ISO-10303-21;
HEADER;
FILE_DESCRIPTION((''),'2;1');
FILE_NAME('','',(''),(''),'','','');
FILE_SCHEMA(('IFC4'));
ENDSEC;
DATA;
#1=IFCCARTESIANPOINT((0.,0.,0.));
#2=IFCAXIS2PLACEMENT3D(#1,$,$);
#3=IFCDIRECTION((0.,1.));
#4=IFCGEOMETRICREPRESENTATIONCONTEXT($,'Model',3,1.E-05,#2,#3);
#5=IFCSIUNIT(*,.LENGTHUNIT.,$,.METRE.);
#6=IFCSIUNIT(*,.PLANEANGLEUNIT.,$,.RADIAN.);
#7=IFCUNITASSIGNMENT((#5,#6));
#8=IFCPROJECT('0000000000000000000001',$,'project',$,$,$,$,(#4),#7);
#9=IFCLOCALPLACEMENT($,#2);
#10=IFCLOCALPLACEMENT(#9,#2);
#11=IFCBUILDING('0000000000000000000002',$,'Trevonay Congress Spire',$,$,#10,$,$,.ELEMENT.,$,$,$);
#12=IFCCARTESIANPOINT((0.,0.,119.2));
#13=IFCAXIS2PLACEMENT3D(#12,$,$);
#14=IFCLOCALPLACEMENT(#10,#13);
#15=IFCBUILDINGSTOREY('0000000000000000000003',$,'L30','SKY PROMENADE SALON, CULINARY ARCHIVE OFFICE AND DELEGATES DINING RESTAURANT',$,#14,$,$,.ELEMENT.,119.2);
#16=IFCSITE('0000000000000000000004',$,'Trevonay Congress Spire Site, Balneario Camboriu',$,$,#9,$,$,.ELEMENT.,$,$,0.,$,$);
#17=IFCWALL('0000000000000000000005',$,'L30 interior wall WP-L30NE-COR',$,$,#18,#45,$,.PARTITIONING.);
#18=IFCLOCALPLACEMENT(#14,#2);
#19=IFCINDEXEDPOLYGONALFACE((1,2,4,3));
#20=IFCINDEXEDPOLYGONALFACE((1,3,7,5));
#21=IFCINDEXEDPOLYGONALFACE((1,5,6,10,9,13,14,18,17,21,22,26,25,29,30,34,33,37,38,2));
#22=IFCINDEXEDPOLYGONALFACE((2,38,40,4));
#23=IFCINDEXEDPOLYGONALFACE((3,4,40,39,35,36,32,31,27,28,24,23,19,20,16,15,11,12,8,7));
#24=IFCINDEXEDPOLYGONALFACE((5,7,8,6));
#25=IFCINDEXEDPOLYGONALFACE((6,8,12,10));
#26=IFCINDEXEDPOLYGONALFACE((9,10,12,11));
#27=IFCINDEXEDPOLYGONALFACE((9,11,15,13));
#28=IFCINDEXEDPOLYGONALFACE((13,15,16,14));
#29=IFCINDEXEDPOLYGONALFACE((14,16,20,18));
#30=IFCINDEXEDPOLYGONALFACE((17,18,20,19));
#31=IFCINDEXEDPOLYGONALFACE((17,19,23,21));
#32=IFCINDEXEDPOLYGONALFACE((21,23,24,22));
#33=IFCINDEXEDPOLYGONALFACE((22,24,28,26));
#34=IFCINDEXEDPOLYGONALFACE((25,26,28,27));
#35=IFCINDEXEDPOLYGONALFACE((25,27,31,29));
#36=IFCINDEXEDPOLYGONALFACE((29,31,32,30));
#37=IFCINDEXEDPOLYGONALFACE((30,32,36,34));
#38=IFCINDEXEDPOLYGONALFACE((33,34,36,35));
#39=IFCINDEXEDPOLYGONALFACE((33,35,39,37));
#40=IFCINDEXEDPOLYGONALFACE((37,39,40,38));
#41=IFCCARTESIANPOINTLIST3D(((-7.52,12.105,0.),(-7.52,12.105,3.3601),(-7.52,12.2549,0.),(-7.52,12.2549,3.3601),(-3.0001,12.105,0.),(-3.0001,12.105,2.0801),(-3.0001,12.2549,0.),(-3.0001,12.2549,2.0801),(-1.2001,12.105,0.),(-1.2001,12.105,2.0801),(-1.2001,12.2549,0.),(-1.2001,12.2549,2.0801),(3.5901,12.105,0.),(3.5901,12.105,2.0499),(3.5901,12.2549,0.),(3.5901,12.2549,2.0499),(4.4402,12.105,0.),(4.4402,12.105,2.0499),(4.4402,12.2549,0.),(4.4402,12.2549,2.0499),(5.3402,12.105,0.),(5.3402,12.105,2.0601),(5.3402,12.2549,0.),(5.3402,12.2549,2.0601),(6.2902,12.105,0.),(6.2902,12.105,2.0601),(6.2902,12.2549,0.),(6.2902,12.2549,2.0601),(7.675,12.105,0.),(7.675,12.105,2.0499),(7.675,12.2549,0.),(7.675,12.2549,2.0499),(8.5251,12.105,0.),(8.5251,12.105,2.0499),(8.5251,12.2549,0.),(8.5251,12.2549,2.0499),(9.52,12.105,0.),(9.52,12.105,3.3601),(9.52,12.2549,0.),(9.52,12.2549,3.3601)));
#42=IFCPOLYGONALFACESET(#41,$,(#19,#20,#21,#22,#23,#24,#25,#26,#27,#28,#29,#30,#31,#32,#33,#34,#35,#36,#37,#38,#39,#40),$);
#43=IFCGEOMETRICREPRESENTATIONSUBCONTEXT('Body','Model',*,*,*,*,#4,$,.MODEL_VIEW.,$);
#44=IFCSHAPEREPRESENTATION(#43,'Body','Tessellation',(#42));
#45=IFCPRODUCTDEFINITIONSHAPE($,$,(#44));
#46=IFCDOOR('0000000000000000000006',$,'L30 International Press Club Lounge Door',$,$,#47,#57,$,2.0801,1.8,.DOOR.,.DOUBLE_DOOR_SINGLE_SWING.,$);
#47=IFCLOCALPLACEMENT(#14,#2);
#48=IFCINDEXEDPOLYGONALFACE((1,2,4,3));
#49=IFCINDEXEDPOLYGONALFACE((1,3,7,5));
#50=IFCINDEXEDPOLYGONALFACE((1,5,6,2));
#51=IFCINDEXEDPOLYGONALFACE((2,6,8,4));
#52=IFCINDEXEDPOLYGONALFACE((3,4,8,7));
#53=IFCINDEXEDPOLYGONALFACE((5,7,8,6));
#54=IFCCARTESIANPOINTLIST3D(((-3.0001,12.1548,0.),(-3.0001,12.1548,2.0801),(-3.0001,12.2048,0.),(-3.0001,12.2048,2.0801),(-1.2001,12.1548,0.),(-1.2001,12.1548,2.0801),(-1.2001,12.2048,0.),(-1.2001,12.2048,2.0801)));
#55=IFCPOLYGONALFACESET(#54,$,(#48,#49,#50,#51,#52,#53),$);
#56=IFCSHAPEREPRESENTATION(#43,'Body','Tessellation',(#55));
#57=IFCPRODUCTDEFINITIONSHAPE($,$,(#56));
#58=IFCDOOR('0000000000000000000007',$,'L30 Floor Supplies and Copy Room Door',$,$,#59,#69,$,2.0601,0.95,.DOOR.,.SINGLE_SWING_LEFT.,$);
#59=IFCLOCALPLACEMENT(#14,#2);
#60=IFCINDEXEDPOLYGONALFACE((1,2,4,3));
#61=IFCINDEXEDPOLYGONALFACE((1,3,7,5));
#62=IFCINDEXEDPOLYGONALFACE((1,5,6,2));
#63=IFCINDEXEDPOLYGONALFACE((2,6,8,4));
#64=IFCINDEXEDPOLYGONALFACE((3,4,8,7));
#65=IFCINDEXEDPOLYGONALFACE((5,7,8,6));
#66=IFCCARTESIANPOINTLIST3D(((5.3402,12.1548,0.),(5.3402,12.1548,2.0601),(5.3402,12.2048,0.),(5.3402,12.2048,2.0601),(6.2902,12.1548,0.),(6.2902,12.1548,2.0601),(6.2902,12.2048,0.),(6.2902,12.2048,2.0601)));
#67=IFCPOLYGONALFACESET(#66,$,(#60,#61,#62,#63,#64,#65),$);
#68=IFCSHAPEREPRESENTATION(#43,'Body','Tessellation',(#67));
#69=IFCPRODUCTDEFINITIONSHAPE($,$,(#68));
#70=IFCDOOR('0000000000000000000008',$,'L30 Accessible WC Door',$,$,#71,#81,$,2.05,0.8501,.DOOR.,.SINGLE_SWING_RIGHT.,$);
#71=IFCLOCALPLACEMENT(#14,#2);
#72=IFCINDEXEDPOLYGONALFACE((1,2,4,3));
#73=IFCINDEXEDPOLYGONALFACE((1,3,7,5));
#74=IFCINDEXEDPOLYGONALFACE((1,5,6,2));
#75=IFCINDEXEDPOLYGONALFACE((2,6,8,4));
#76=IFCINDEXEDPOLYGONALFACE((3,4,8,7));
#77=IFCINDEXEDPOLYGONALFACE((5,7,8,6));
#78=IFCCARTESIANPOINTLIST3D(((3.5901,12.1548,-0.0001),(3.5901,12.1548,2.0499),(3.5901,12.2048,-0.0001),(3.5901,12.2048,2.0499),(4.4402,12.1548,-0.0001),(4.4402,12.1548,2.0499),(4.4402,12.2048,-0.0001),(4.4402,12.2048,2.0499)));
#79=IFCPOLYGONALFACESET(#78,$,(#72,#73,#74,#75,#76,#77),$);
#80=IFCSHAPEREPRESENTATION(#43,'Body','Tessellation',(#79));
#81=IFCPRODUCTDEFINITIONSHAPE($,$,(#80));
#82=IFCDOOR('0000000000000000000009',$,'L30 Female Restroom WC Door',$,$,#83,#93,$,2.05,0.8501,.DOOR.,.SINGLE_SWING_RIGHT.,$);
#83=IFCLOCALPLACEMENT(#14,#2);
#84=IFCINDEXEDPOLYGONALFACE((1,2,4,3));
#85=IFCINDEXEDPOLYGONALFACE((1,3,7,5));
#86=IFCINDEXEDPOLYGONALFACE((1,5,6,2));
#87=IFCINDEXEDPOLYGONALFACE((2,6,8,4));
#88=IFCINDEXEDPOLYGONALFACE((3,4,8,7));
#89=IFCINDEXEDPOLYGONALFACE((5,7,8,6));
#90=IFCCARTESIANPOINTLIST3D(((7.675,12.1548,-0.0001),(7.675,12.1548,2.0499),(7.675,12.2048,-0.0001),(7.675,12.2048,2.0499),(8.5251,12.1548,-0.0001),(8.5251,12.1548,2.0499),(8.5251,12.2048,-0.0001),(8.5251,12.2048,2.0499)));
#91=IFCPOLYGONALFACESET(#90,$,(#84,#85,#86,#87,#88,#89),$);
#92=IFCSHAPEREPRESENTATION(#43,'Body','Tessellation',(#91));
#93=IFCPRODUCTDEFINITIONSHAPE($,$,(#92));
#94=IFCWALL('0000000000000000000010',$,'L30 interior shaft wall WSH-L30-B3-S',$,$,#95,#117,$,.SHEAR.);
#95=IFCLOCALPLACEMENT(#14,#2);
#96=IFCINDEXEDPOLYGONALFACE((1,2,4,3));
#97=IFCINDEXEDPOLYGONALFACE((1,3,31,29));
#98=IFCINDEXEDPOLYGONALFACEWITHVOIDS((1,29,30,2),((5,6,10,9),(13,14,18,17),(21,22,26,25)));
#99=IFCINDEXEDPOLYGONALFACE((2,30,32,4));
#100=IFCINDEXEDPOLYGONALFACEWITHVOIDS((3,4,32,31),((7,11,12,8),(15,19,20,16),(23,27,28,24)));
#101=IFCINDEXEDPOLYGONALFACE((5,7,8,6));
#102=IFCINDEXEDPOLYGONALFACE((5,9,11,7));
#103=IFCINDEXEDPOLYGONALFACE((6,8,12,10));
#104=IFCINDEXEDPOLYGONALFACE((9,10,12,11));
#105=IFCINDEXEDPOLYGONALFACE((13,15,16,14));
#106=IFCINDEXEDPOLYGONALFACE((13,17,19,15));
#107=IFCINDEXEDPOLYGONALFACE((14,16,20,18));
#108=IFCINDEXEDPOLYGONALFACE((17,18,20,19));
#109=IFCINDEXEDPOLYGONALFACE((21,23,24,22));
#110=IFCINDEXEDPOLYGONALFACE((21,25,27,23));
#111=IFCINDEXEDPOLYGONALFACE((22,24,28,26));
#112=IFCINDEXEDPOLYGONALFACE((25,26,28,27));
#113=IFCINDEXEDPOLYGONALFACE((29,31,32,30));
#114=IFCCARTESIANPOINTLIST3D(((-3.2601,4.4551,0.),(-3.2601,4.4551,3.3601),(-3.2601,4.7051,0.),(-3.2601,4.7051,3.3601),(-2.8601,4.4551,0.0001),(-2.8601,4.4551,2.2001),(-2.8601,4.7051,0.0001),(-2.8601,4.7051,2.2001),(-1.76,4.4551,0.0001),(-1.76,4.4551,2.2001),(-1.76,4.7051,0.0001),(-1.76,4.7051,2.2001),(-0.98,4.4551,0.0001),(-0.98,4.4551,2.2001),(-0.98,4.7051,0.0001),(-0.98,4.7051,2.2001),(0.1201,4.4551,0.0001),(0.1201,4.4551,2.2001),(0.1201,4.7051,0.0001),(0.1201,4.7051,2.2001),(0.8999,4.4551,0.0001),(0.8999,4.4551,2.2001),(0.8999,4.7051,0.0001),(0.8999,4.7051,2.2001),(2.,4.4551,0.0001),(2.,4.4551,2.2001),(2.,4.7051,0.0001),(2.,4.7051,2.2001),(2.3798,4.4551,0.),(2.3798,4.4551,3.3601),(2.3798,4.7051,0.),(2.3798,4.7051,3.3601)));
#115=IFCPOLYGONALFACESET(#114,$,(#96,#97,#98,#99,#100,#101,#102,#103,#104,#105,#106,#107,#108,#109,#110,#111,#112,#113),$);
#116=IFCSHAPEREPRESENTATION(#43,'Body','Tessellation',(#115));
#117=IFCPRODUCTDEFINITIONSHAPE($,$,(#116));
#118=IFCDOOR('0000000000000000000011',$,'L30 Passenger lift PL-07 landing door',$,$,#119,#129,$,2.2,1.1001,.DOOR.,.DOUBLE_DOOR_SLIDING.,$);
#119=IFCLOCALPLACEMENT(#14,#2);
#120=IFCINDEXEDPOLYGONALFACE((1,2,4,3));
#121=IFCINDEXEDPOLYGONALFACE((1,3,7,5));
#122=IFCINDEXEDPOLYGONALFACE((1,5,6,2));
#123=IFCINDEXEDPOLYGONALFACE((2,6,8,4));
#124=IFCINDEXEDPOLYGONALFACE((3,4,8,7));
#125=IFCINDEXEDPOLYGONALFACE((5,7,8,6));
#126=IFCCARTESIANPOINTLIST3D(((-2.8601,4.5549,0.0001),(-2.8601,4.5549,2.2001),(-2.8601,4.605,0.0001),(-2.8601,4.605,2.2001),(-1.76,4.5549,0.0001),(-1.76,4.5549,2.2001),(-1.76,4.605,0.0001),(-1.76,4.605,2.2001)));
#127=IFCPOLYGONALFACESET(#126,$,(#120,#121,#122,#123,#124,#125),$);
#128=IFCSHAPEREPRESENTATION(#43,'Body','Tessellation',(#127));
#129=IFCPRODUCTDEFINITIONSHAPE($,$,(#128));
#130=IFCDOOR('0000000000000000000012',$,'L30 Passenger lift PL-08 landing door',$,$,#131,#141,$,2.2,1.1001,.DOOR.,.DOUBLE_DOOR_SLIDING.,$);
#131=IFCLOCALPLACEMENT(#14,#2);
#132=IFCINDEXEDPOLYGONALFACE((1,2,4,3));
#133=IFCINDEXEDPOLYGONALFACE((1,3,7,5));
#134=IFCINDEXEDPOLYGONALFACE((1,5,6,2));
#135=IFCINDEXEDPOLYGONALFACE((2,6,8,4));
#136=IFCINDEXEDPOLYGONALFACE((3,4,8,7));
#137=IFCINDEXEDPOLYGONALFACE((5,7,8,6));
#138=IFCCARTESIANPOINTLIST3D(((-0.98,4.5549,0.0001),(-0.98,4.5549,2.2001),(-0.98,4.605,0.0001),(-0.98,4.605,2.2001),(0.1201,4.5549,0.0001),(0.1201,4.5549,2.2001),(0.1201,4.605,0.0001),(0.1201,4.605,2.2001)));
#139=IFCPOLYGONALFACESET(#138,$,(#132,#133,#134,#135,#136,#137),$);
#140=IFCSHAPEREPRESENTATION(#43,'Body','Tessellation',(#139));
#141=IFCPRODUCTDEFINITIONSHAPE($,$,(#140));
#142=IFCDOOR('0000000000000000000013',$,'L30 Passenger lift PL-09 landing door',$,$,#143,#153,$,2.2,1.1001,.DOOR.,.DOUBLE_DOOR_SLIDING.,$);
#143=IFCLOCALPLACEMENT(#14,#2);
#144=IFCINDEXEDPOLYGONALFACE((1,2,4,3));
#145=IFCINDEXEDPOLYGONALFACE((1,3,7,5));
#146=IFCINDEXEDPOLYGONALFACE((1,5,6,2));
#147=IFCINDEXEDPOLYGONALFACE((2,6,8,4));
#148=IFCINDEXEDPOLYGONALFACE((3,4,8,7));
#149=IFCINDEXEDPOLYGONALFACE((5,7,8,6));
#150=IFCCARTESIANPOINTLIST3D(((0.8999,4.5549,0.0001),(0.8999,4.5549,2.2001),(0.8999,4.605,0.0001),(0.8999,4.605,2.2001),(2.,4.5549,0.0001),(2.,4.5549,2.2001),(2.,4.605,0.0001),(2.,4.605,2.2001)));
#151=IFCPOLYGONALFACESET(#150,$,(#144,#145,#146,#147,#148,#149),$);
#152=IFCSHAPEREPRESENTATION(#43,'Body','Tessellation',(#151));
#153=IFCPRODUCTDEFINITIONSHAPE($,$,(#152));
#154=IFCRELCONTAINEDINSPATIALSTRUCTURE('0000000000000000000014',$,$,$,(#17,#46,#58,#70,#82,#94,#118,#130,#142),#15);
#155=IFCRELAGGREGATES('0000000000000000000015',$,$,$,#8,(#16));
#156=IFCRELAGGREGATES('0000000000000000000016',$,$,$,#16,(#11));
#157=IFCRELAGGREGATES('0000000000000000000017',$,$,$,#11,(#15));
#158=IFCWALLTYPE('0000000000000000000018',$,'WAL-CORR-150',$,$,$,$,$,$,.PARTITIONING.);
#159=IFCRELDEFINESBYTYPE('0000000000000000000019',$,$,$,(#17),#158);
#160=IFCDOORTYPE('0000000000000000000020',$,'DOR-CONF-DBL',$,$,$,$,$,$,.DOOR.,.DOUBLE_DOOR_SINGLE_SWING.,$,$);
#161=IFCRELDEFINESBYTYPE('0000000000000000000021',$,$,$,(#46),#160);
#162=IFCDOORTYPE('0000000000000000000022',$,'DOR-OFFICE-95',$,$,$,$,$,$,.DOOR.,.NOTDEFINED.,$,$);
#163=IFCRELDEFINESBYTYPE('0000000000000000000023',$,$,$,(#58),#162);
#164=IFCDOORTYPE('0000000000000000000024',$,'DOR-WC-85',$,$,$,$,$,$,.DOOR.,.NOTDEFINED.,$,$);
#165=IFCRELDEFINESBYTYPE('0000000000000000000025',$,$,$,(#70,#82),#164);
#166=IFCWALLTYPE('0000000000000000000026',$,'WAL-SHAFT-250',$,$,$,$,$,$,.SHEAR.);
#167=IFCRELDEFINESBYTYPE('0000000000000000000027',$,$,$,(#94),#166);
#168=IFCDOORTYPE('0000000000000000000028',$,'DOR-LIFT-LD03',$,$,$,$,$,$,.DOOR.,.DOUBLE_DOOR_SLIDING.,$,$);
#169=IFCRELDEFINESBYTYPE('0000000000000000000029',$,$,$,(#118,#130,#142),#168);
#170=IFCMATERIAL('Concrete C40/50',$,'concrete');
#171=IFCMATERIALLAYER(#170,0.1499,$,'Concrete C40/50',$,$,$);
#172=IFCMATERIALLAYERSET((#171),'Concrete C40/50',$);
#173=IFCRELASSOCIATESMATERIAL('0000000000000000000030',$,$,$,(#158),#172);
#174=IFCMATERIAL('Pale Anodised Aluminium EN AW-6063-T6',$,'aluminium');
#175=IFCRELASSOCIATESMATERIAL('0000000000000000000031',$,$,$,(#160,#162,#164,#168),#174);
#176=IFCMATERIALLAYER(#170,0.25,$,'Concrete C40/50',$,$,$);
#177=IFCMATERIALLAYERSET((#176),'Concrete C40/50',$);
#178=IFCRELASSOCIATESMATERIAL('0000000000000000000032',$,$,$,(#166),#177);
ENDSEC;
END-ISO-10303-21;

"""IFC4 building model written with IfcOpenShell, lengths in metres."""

from ifc_helpers import new_model, si_unit, direction, frame, frame_2d, origin, place, context, subcontext, project, spatial, rectangle, extrude, material, layer, layer_set, type_object, element, fill, save


model = new_model("IFC4")

# Units and contexts
model_context = context("Model", 3, precision=1e-05, world=origin(), true_north=direction((0.0, 1.0)))
body_context = subcontext(model_context, "Body", "Model", "MODEL_VIEW")
ifc_project = project(units=[si_unit("LENGTHUNIT", "METRE"), si_unit("PLANEANGLEUNIT", "RADIAN")], contexts=[model_context])

# Site, building, storey
site_placement = place(None, origin())
site = spatial("IfcSite", under=ifc_project, at=site_placement, Name="Trevonay Congress Spire Site, Balneario Camboriu", CompositionType="ELEMENT", RefElevation=0.0)
building_placement = place(site_placement, origin())
building = spatial("IfcBuilding", under=site, at=building_placement, Name="Trevonay Congress Spire", CompositionType="ELEMENT")
storey_placement = place(building_placement, frame((0.0, 0.0, 119.2)))
storey = spatial("IfcBuildingStorey", under=building, at=storey_placement, Name="L30", Description="SKY PROMENADE SALON, CULINARY ARCHIVE OFFICE AND DELEGATES DINING RESTAURANT", CompositionType="ELEMENT", Elevation=119.2)

# Shared definitions
ifc_material_1 = material(Name="Pale Anodised Aluminium EN AW-6063-T6", Category="aluminium")

# Walls, openings, doors
ifc_material_2 = material(Name="Concrete C40/50", Category="concrete")
ifc_layer_1 = layer(ifc_material_2, 0.1499, Name="Concrete C40/50")
ifc_layer_set_1 = layer_set([ifc_layer_1], Name="Concrete C40/50")
wall_type_1 = type_object("IfcWallType", Name="WAL-CORR-150", PredefinedType="PARTITIONING", material=ifc_layer_set_1)
wall_1_placement = place(storey_placement, frame((-7.52, 12.1799, 0.0), z_axis=(0.0, 0.0, 1.0), x_axis=(1.0, 0.0, 0.0)))
wall_1 = element("IfcWall", 1, at=wall_1_placement, inside=storey, type_object=wall_type_1, Name="L30 interior wall WP-L30NE-COR", PredefinedType="PARTITIONING", context=body_context, shape_type="SweptSolid", body=[
    extrude(rectangle(XDim=17.04, YDim=0.1499, at=frame_2d((8.52, 0.0))), origin(), (0.0, 0.0, 1.0), 3.3601),
])
opening_1_placement = place(wall_1_placement, frame((4.52, 0.0, 0.0)))
opening_1 = element("IfcOpeningElement", 2, at=opening_1_placement, cuts=wall_1, PredefinedType="OPENING", context=body_context, shape_type="SweptSolid", body=[
    extrude(rectangle(XDim=1.8, YDim=2.0801, at=frame_2d((0.8999, 1.04))), frame((0.0, 0.085, 0.0), z_axis=(0.0, -1.0, 0.0), x_axis=(1.0, 0.0, 0.0)), (0.0, 0.0, 1.0), 0.1699),
])
opening_2_placement = place(wall_1_placement, frame((11.1101, 0.0, 0.0)))
opening_2 = element("IfcOpeningElement", 3, at=opening_2_placement, cuts=wall_1, PredefinedType="OPENING", context=body_context, shape_type="SweptSolid", body=[
    extrude(rectangle(XDim=0.8501, YDim=2.05, at=frame_2d((0.425, 1.0249))), frame((0.0, 0.085, 0.0), z_axis=(0.0, -1.0, 0.0), x_axis=(1.0, 0.0, 0.0)), (0.0, 0.0, 1.0), 0.1699),
])
opening_3_placement = place(wall_1_placement, frame((12.8601, 0.0, 0.0)))
opening_3 = element("IfcOpeningElement", 4, at=opening_3_placement, cuts=wall_1, PredefinedType="OPENING", context=body_context, shape_type="SweptSolid", body=[
    extrude(rectangle(XDim=0.95, YDim=2.0601, at=frame_2d((0.4751, 1.03))), frame((0.0, 0.085, 0.0), z_axis=(0.0, -1.0, 0.0), x_axis=(1.0, 0.0, 0.0)), (0.0, 0.0, 1.0), 0.1699),
])
opening_4_placement = place(wall_1_placement, frame((15.1951, 0.0, 0.0)))
opening_4 = element("IfcOpeningElement", 5, at=opening_4_placement, cuts=wall_1, PredefinedType="OPENING", context=body_context, shape_type="SweptSolid", body=[
    extrude(rectangle(XDim=0.8501, YDim=2.05, at=frame_2d((0.425, 1.0249))), frame((0.0, 0.085, 0.0), z_axis=(0.0, -1.0, 0.0), x_axis=(1.0, 0.0, 0.0)), (0.0, 0.0, 1.0), 0.1699),
])
door_type_1 = type_object("IfcDoorType", Name="DOR-CONF-DBL", OperationType="DOUBLE_DOOR_SINGLE_SWING", PredefinedType="DOOR", material=ifc_material_1)
door_1_placement = place(opening_1_placement, origin())
door_1 = element("IfcDoor", 6, at=door_1_placement, inside=storey, type_object=door_type_1, Name="L30 International Press Club Lounge Door", OperationType="DOUBLE_DOOR_SINGLE_SWING", OverallHeight=2.0801, OverallWidth=1.8, PredefinedType="DOOR", context=body_context, shape_type="SweptSolid", body=[
    extrude(rectangle(XDim=1.8, YDim=2.0801, at=frame_2d((0.8999, 1.04))), frame((0.0, 0.0249, 0.0), z_axis=(0.0, -1.0, 0.0), x_axis=(1.0, 0.0, 0.0)), (0.0, 0.0, 1.0), 0.05),
])
fill(opening_1, door_1)
door_type_2 = type_object("IfcDoorType", Name="DOR-OFFICE-95", OperationType="NOTDEFINED", PredefinedType="DOOR", material=ifc_material_1)
door_2_placement = place(opening_3_placement, origin())
door_2 = element("IfcDoor", 7, at=door_2_placement, inside=storey, type_object=door_type_2, Name="L30 Floor Supplies and Copy Room Door", OperationType="SINGLE_SWING_LEFT", OverallHeight=2.0601, OverallWidth=0.95, PredefinedType="DOOR", context=body_context, shape_type="SweptSolid", body=[
    extrude(rectangle(XDim=0.95, YDim=2.0601, at=frame_2d((0.4751, 1.03))), frame((0.0, 0.0249, 0.0), z_axis=(0.0, -1.0, 0.0), x_axis=(1.0, 0.0, 0.0)), (0.0, 0.0, 1.0), 0.05),
])
fill(opening_3, door_2)
door_type_3 = type_object("IfcDoorType", Name="DOR-WC-85", OperationType="NOTDEFINED", PredefinedType="DOOR", material=ifc_material_1)
door_3_placement = place(opening_2_placement, origin())
door_3 = element("IfcDoor", 8, at=door_3_placement, inside=storey, type_object=door_type_3, Name="L30 Accessible WC Door", OperationType="SINGLE_SWING_RIGHT", OverallHeight=2.05, OverallWidth=0.8501, PredefinedType="DOOR", context=body_context, shape_type="SweptSolid", body=[
    extrude(rectangle(XDim=0.8501, YDim=2.05, at=frame_2d((0.425, 1.0249))), frame((0.0, 0.0249, 0.0), z_axis=(0.0, -1.0, 0.0), x_axis=(1.0, 0.0, 0.0)), (0.0, 0.0, 1.0), 0.05),
])
fill(opening_2, door_3)
door_4_placement = place(opening_4_placement, origin())
door_4 = element("IfcDoor", 9, at=door_4_placement, inside=storey, type_object=door_type_3, Name="L30 Female Restroom WC Door", OperationType="SINGLE_SWING_RIGHT", OverallHeight=2.05, OverallWidth=0.8501, PredefinedType="DOOR", context=body_context, shape_type="SweptSolid", body=[
    extrude(rectangle(XDim=0.8501, YDim=2.05, at=frame_2d((0.425, 1.0249))), frame((0.0, 0.0249, 0.0), z_axis=(0.0, -1.0, 0.0), x_axis=(1.0, 0.0, 0.0)), (0.0, 0.0, 1.0), 0.05),
])
fill(opening_4, door_4)
ifc_layer_2 = layer(ifc_material_2, 0.25, Name="Concrete C40/50")
ifc_layer_set_2 = layer_set([ifc_layer_2], Name="Concrete C40/50")
wall_type_2 = type_object("IfcWallType", Name="WAL-SHAFT-250", PredefinedType="SHEAR", material=ifc_layer_set_2)
wall_2_placement = place(storey_placement, frame((-3.26, 4.5801, 0.0), z_axis=(0.0, 0.0, 1.0), x_axis=(1.0, 0.0, 0.0)))
wall_2 = element("IfcWall", 10, at=wall_2_placement, inside=storey, type_object=wall_type_2, Name="L30 interior shaft wall WSH-L30-B3-S", PredefinedType="SHEAR", context=body_context, shape_type="SweptSolid", body=[
    extrude(rectangle(XDim=5.6399, YDim=0.25, at=frame_2d((2.8198, 0.0))), origin(), (0.0, 0.0, 1.0), 3.3601),
])
opening_5_placement = place(wall_2_placement, frame((0.3999, 0.0, 0.0)))
opening_5 = element("IfcOpeningElement", 11, at=opening_5_placement, cuts=wall_2, PredefinedType="OPENING", context=body_context, shape_type="SweptSolid", body=[
    extrude(rectangle(XDim=1.1001, YDim=2.2, at=frame_2d((0.55, 1.1001))), frame((0.0, 0.135, 0.0), z_axis=(0.0, -1.0, 0.0), x_axis=(1.0, 0.0, 0.0)), (0.0, 0.0, 1.0), 0.27),
])
opening_6_placement = place(wall_2_placement, frame((2.28, 0.0, 0.0)))
opening_6 = element("IfcOpeningElement", 12, at=opening_6_placement, cuts=wall_2, PredefinedType="OPENING", context=body_context, shape_type="SweptSolid", body=[
    extrude(rectangle(XDim=1.1001, YDim=2.2, at=frame_2d((0.55, 1.1001))), frame((0.0, 0.135, 0.0), z_axis=(0.0, -1.0, 0.0), x_axis=(1.0, 0.0, 0.0)), (0.0, 0.0, 1.0), 0.27),
])
opening_7_placement = place(wall_2_placement, frame((4.1599, 0.0, 0.0)))
opening_7 = element("IfcOpeningElement", 13, at=opening_7_placement, cuts=wall_2, PredefinedType="OPENING", context=body_context, shape_type="SweptSolid", body=[
    extrude(rectangle(XDim=1.1001, YDim=2.2, at=frame_2d((0.55, 1.1001))), frame((0.0, 0.135, 0.0), z_axis=(0.0, -1.0, 0.0), x_axis=(1.0, 0.0, 0.0)), (0.0, 0.0, 1.0), 0.27),
])
door_type_4 = type_object("IfcDoorType", Name="DOR-LIFT-LD03", OperationType="DOUBLE_DOOR_SLIDING", PredefinedType="DOOR", material=ifc_material_1)
door_5_placement = place(opening_5_placement, origin())
door_5 = element("IfcDoor", 14, at=door_5_placement, inside=storey, type_object=door_type_4, Name="L30 Passenger lift PL-07 landing door", OperationType="DOUBLE_DOOR_SLIDING", OverallHeight=2.2, OverallWidth=1.1001, PredefinedType="DOOR", context=body_context, shape_type="SweptSolid", body=[
    extrude(rectangle(XDim=1.1001, YDim=2.2, at=frame_2d((0.55, 1.1001))), frame((0.0, 0.0249, 0.0), z_axis=(0.0, -1.0, 0.0), x_axis=(1.0, 0.0, 0.0)), (0.0, 0.0, 1.0), 0.05),
])
fill(opening_5, door_5)
door_6_placement = place(opening_6_placement, origin())
door_6 = element("IfcDoor", 15, at=door_6_placement, inside=storey, type_object=door_type_4, Name="L30 Passenger lift PL-08 landing door", OperationType="DOUBLE_DOOR_SLIDING", OverallHeight=2.2, OverallWidth=1.1001, PredefinedType="DOOR", context=body_context, shape_type="SweptSolid", body=[
    extrude(rectangle(XDim=1.1001, YDim=2.2, at=frame_2d((0.55, 1.1001))), frame((0.0, 0.0249, 0.0), z_axis=(0.0, -1.0, 0.0), x_axis=(1.0, 0.0, 0.0)), (0.0, 0.0, 1.0), 0.05),
])
fill(opening_6, door_6)
door_7_placement = place(opening_7_placement, origin())
door_7 = element("IfcDoor", 16, at=door_7_placement, inside=storey, type_object=door_type_4, Name="L30 Passenger lift PL-09 landing door", OperationType="DOUBLE_DOOR_SLIDING", OverallHeight=2.2, OverallWidth=1.1001, PredefinedType="DOOR", context=body_context, shape_type="SweptSolid", body=[
    extrude(rectangle(XDim=1.1001, YDim=2.2, at=frame_2d((0.55, 1.1001))), frame((0.0, 0.0249, 0.0), z_axis=(0.0, -1.0, 0.0), x_axis=(1.0, 0.0, 0.0)), (0.0, 0.0, 1.0), 0.05),
])
fill(opening_7, door_7)

save(model, "model.ifc")
